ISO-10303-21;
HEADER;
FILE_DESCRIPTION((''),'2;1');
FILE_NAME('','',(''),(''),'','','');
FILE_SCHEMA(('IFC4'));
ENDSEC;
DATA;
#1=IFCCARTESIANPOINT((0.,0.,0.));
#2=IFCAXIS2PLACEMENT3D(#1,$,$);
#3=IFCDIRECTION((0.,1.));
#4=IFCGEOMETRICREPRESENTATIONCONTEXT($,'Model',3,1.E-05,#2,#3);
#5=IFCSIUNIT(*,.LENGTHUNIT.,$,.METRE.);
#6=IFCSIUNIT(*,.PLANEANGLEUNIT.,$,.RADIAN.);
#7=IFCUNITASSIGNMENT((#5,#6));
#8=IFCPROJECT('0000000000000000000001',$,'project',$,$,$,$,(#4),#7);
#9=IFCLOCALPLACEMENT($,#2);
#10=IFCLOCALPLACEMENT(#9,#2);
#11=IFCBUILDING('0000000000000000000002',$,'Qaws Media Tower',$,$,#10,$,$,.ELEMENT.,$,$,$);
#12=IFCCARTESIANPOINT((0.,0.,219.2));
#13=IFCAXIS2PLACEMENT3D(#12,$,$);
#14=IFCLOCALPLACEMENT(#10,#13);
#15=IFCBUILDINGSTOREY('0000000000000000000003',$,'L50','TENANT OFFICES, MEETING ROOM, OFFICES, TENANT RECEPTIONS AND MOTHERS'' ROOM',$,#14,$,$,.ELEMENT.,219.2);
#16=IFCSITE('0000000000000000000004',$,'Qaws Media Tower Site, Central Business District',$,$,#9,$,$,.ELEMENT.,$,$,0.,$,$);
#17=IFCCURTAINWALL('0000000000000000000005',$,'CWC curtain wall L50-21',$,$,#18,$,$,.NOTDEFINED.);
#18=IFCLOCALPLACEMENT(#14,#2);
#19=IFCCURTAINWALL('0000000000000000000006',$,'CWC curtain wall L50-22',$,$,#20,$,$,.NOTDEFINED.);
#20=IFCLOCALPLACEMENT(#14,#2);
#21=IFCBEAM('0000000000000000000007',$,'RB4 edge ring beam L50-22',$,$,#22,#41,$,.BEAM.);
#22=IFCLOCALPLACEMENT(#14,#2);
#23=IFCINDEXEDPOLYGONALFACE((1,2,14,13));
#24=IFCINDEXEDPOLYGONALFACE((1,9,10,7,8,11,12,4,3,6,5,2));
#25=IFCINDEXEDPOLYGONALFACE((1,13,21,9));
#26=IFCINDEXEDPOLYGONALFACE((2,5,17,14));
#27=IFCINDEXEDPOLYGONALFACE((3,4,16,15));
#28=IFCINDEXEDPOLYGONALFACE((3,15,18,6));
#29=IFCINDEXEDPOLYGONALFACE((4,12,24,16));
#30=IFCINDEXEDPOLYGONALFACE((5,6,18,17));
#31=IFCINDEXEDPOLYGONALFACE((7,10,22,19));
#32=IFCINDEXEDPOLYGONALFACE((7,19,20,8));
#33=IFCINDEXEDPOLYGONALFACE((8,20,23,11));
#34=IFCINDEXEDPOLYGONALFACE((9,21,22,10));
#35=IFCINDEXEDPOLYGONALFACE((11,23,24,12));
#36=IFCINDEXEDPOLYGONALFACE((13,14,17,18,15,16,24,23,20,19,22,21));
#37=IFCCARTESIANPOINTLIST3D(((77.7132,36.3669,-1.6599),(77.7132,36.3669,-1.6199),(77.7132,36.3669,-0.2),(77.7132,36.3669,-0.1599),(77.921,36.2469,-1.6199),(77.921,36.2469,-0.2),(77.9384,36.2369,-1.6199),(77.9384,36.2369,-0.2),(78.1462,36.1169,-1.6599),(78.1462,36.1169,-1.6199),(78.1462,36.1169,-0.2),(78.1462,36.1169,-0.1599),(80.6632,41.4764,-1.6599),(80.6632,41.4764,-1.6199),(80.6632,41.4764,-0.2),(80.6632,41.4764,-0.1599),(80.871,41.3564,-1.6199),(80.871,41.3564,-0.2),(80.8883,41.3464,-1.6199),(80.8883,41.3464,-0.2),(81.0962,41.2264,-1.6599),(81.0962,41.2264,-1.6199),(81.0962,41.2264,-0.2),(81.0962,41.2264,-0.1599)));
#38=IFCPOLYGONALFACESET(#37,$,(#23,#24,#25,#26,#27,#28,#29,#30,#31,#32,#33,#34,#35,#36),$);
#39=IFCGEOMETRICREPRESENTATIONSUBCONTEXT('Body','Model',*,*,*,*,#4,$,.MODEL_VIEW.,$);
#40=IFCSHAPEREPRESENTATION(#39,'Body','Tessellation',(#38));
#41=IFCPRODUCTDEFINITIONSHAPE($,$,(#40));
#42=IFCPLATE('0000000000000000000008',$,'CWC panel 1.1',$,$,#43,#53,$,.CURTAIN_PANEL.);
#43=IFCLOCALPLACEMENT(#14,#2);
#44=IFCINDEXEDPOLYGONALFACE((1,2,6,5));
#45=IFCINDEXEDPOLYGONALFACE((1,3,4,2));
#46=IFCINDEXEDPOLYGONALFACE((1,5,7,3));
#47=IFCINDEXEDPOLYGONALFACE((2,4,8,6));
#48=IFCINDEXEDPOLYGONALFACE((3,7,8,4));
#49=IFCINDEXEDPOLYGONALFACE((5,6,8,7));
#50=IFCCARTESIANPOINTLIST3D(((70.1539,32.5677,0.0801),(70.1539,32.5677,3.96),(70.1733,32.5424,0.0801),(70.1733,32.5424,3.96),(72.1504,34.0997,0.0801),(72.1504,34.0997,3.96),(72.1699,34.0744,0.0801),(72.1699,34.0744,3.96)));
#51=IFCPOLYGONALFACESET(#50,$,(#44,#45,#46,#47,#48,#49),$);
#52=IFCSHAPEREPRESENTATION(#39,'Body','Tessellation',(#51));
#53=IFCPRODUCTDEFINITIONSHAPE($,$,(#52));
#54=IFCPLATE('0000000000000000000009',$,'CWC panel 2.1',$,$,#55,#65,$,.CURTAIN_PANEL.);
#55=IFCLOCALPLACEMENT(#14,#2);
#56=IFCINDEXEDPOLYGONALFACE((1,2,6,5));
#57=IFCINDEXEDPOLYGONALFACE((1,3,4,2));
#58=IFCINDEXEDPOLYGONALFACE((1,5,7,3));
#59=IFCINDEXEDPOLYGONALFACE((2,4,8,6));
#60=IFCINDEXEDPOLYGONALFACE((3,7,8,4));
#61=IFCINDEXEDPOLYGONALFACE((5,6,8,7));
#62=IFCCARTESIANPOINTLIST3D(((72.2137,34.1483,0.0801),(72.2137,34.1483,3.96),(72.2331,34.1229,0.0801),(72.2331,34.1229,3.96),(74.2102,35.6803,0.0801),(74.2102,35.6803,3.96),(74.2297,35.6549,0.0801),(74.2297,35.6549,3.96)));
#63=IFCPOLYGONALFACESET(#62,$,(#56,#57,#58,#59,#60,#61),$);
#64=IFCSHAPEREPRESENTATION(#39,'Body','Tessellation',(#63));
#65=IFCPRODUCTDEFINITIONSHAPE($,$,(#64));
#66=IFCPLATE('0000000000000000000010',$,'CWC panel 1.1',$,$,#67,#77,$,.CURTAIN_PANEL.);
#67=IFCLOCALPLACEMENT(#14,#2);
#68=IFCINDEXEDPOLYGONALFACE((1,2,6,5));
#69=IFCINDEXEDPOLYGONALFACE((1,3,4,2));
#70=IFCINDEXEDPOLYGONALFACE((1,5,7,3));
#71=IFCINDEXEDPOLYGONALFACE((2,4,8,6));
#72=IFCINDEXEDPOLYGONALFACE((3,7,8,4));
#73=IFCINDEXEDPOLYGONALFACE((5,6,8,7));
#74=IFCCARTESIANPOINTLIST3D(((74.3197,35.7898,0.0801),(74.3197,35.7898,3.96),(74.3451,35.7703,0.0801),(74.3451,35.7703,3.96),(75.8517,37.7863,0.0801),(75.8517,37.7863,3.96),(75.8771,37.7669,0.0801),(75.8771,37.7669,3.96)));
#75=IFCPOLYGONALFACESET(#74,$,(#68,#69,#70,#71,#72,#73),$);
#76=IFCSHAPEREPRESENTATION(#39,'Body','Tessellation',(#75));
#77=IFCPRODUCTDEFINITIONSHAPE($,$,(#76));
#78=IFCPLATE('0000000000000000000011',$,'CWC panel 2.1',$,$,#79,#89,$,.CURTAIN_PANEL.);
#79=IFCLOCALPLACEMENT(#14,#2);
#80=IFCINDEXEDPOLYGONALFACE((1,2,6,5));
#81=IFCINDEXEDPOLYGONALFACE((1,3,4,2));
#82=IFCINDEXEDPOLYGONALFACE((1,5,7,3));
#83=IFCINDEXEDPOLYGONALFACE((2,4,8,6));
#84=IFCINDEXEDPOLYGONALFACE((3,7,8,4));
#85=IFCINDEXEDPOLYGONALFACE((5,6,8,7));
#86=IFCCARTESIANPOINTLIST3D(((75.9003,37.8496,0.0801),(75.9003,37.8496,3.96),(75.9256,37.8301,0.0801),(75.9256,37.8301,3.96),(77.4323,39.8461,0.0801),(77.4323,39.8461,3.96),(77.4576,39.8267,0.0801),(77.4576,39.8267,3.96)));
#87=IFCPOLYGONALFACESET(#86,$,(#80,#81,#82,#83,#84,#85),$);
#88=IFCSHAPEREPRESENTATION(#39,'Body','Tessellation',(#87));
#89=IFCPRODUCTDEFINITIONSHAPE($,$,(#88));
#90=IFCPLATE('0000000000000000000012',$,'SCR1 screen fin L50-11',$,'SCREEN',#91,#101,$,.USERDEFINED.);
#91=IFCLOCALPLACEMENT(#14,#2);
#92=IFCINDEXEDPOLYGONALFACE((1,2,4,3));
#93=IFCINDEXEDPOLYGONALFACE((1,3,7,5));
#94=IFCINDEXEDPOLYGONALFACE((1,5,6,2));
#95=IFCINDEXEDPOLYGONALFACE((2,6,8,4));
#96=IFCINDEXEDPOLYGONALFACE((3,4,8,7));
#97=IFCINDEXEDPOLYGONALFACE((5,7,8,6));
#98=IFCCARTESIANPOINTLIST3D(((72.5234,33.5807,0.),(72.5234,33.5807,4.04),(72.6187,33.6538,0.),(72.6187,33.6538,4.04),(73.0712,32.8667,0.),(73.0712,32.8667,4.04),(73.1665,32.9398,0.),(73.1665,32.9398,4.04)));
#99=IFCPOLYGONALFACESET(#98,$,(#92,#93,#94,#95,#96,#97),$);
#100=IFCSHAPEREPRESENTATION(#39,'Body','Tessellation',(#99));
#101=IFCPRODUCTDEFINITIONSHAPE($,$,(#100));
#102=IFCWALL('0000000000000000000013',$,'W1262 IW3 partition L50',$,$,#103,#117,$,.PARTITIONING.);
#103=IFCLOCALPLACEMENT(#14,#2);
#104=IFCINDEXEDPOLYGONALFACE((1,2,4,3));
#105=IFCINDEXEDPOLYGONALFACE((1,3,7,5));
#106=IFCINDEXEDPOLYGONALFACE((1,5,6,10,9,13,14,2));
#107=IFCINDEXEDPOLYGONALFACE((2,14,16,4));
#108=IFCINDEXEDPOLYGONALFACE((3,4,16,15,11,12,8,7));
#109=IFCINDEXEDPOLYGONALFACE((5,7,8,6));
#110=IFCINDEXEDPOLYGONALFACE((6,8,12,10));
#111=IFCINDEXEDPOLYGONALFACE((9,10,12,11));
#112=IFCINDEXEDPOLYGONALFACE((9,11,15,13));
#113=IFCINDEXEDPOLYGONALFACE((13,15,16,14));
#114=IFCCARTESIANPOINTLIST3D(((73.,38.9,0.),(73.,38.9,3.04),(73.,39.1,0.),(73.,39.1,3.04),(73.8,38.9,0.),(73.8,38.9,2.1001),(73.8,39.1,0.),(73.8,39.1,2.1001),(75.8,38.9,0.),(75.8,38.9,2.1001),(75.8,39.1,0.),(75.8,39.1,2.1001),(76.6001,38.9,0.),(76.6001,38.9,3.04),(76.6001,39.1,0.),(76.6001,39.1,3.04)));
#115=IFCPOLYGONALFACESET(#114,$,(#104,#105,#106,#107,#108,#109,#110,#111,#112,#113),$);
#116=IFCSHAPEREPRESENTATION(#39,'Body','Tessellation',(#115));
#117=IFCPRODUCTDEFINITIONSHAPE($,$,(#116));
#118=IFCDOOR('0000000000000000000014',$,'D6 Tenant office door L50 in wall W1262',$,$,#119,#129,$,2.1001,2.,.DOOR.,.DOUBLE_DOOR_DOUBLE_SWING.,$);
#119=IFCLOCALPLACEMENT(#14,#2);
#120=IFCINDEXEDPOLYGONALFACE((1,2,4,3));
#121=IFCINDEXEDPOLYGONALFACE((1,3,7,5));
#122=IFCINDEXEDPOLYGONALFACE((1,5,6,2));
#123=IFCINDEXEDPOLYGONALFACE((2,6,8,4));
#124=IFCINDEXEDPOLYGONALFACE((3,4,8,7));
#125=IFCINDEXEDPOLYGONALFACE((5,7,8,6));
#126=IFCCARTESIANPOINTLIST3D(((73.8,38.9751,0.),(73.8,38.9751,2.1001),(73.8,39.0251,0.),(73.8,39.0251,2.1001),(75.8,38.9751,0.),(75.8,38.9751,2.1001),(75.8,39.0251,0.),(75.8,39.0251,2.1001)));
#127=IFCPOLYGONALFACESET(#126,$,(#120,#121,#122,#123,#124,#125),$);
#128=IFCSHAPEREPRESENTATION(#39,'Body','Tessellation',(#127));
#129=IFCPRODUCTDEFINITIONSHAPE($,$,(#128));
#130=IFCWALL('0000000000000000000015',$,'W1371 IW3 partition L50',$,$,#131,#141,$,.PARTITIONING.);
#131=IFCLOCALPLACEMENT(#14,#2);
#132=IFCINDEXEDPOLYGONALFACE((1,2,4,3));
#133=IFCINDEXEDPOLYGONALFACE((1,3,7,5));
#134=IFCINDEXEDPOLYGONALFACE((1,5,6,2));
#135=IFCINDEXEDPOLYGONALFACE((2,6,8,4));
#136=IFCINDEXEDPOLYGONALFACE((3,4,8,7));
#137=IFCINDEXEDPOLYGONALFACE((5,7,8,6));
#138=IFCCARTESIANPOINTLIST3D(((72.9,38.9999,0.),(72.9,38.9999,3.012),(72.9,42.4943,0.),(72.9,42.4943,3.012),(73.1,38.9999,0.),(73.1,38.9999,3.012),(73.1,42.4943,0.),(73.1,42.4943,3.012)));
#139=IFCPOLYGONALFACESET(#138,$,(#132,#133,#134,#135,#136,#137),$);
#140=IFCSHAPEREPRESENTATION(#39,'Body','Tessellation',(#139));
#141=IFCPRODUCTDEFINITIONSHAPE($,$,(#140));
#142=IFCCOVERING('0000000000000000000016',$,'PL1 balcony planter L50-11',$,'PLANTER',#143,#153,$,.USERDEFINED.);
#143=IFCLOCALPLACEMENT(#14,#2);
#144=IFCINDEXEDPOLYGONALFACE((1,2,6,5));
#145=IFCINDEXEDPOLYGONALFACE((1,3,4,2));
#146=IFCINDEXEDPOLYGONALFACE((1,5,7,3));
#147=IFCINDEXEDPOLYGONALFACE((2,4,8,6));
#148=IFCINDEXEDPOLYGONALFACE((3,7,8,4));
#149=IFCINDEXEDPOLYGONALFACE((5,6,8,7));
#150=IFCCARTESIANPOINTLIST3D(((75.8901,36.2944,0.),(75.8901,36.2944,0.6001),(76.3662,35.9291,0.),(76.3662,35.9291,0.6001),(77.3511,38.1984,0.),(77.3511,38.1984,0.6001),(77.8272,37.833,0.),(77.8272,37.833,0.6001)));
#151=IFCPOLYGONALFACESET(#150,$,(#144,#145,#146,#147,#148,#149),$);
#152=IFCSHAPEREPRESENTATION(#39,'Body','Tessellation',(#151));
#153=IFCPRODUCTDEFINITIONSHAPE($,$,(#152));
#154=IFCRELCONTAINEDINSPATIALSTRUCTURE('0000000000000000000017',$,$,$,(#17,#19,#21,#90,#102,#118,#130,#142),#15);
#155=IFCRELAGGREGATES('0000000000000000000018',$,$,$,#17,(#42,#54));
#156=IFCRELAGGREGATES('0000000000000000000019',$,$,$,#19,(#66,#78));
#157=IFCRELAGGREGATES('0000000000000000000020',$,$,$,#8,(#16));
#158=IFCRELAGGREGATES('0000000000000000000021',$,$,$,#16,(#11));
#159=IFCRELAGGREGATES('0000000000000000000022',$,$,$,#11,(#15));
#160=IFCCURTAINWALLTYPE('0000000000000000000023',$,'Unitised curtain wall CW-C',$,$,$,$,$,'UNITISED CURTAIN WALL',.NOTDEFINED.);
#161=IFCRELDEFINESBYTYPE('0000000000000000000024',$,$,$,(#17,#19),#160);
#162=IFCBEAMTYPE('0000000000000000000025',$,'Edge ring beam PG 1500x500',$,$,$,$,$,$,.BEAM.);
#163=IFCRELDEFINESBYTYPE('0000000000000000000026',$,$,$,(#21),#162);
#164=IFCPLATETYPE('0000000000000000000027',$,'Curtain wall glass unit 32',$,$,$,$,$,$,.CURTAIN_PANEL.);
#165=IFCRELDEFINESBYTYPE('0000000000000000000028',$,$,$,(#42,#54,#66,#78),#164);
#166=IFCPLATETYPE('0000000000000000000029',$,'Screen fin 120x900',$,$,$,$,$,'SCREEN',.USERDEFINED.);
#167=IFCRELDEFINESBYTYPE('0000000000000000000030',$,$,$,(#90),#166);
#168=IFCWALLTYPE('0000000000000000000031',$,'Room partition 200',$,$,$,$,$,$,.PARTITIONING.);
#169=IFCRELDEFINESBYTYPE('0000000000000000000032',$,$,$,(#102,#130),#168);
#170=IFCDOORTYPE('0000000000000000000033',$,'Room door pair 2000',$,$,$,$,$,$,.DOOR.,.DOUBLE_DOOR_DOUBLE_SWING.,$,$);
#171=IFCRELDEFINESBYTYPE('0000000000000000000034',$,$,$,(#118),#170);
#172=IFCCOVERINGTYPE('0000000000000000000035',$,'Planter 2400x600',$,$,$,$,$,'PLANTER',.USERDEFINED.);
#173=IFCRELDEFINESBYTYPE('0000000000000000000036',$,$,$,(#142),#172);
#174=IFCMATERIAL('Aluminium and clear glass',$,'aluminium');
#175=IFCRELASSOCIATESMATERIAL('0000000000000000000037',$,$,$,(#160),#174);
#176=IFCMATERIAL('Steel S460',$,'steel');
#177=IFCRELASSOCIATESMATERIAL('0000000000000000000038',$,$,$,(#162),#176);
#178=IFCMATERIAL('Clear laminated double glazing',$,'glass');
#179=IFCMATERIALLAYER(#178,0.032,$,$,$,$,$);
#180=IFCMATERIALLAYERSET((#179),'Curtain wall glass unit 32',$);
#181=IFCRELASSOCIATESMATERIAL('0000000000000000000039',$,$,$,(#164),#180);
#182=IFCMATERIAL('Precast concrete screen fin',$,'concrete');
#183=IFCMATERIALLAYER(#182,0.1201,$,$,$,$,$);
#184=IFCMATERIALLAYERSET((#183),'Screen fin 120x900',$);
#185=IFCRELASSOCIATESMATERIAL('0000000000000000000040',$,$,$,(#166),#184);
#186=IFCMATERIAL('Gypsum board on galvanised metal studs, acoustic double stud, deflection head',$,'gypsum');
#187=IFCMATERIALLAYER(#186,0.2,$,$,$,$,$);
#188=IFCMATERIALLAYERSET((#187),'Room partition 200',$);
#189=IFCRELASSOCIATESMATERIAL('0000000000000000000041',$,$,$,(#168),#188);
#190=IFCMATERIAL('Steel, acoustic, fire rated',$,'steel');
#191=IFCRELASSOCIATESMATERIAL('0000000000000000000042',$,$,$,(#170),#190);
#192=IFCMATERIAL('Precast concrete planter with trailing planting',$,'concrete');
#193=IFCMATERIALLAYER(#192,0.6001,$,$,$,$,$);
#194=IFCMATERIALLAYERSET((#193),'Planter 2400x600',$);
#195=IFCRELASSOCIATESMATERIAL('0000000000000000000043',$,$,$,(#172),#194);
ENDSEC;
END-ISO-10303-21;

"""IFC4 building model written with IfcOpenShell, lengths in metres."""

from ifc_helpers import new_model, si_unit, direction, frame, frame_2d, origin, origin_2d, place, context, subcontext, project, spatial, rectangle, i_section, extrude, material, layer, layer_set, material_profile, profile_set, type_object, element, fill, aggregate, save


model = new_model("IFC4")

# Units and contexts
model_context = context("Model", 3, precision=1e-05, world=origin(), true_north=direction((0.0, 1.0)))
body_context = subcontext(model_context, "Body", "Model", "MODEL_VIEW")
ifc_project = project(units=[si_unit("LENGTHUNIT", "METRE"), si_unit("PLANEANGLEUNIT", "RADIAN")], contexts=[model_context])

# Site, building, storey
site_placement = place(None, origin())
site = spatial("IfcSite", under=ifc_project, at=site_placement, Name="Qaws Media Tower Site, Central Business District", CompositionType="ELEMENT", RefElevation=0.0)
building_placement = place(site_placement, origin())
building = spatial("IfcBuilding", under=site, at=building_placement, Name="Qaws Media Tower", CompositionType="ELEMENT")
storey_placement = place(building_placement, frame((0.0, 0.0, 219.2)))
storey = spatial("IfcBuildingStorey", under=building, at=storey_placement, Name="L50", Description="TENANT OFFICES, MEETING ROOM, OFFICES, TENANT RECEPTIONS AND MOTHERS' ROOM", CompositionType="ELEMENT", Elevation=219.2)

# Curtain walls
ifc_material_1 = material(Name="Aluminium and clear glass", Category="aluminium")
curtain_wall_type = type_object("IfcCurtainWallType", Name="Unitised curtain wall CW-C", ElementType="UNITISED CURTAIN WALL", PredefinedType="NOTDEFINED", material=ifc_material_1)
curtain_wall_1_placement = place(storey_placement, origin())
curtain_wall_1 = element("IfcCurtainWall", 1, at=curtain_wall_1_placement, inside=storey, type_object=curtain_wall_type, Name="CWC curtain wall L50-21", PredefinedType="NOTDEFINED")
curtain_wall_2_placement = place(storey_placement, origin())
curtain_wall_2 = element("IfcCurtainWall", 2, at=curtain_wall_2_placement, inside=storey, type_object=curtain_wall_type, Name="CWC curtain wall L50-22", PredefinedType="NOTDEFINED")

# Beam
ifc_material_2 = material(Name="Steel S460", Category="steel")
ifc_material_profile_1 = material_profile(ifc_material_2, i_section(OverallWidth=0.5, OverallDepth=1.5, WebThickness=0.02, FlangeThickness=0.04, at=origin_2d()), Name="PG 1500x500")
ifc_profile_set_1 = profile_set([ifc_material_profile_1], Name="Steel S460")
beam_type = type_object("IfcBeamType", Name="Edge ring beam PG 1500x500", PredefinedType="BEAM", material=ifc_profile_set_1)
beam_1_placement = place(storey_placement, frame((77.9297, 36.2419, -0.9099), z_axis=(0.500007, 0.866022, 0.0), x_axis=(-0.866022, 0.500007, 0.0)))
element("IfcBeam", 3, at=beam_1_placement, inside=storey, type_object=beam_type, Name="RB4 edge ring beam L50-22", PredefinedType="BEAM", context=body_context, shape_type="SweptSolid", body=[
    extrude(i_section(OverallWidth=0.5, OverallDepth=1.5, WebThickness=0.02, FlangeThickness=0.04, at=origin_2d()), origin(), (0.0, 0.0, 1.0), 5.8999),
])

# Plates
ifc_material_3 = material(Name="Clear laminated double glazing", Category="glass")
ifc_layer_1 = layer(ifc_material_3, 0.032)
ifc_layer_set_1 = layer_set([ifc_layer_1], Name="Curtain wall glass unit 32")
plate_type_1 = type_object("IfcPlateType", Name="Curtain wall glass unit 32", PredefinedType="CURTAIN_PANEL", material=ifc_layer_set_1)
plate_1_placement = place(storey_placement, frame((71.1619, 33.321, 0.0801), z_axis=(0.0, 0.0, 1.0), x_axis=(0.793353, 0.608761, 0.0)))
plate_1 = element("IfcPlate", 4, at=plate_1_placement, type_object=plate_type_1, Name="CWC panel 1.1", PredefinedType="CURTAIN_PANEL", context=body_context, shape_type="SweptSolid", body=[
    extrude(rectangle(XDim=2.5166, YDim=0.032, at=origin_2d()), origin(), (0.0, 0.0, 1.0), 3.8799),
])
plate_2_placement = place(storey_placement, frame((73.2217, 34.9016, 0.0801), z_axis=(0.0, 0.0, 1.0), x_axis=(0.793353, 0.608761, 0.0)))
plate_2 = element("IfcPlate", 5, at=plate_2_placement, type_object=plate_type_1, Name="CWC panel 2.1", PredefinedType="CURTAIN_PANEL", context=body_context, shape_type="SweptSolid", body=[
    extrude(rectangle(XDim=2.5166, YDim=0.032, at=origin_2d()), origin(), (0.0, 0.0, 1.0), 3.8799),
])
aggregate(curtain_wall_1, [plate_1, plate_2])
plate_3_placement = place(storey_placement, frame((75.0984, 36.7783, 0.0801), z_axis=(0.0, 0.0, 1.0), x_axis=(0.608761, 0.793353, 0.0)))
plate_3 = element("IfcPlate", 6, at=plate_3_placement, type_object=plate_type_1, Name="CWC panel 1.1", PredefinedType="CURTAIN_PANEL", context=body_context, shape_type="SweptSolid", body=[
    extrude(rectangle(XDim=2.5166, YDim=0.032, at=origin_2d()), origin(), (0.0, 0.0, 1.0), 3.8799),
])
plate_4_placement = place(storey_placement, frame((76.679, 38.8381, 0.0801), z_axis=(0.0, 0.0, 1.0), x_axis=(0.608761, 0.793353, 0.0)))
plate_4 = element("IfcPlate", 7, at=plate_4_placement, type_object=plate_type_1, Name="CWC panel 2.1", PredefinedType="CURTAIN_PANEL", context=body_context, shape_type="SweptSolid", body=[
    extrude(rectangle(XDim=2.5166, YDim=0.032, at=origin_2d()), origin(), (0.0, 0.0, 1.0), 3.8799),
])
aggregate(curtain_wall_2, [plate_3, plate_4])
ifc_material_4 = material(Name="Precast concrete screen fin", Category="concrete")
ifc_layer_2 = layer(ifc_material_4, 0.1201)
ifc_layer_set_2 = layer_set([ifc_layer_2], Name="Screen fin 120x900")
plate_type_2 = type_object("IfcPlateType", Name="Screen fin 120x900", ElementType="SCREEN", PredefinedType="USERDEFINED", material=ifc_layer_set_2)
plate_5_placement = place(storey_placement, frame((72.845, 33.2603, 0.0), z_axis=(0.0, 0.0, 1.0), x_axis=(0.608761, -0.793353, 0.0)))
element("IfcPlate", 8, at=plate_5_placement, inside=storey, type_object=plate_type_2, Name="SCR1 screen fin L50-11", ObjectType="SCREEN", PredefinedType="USERDEFINED", context=body_context, shape_type="SweptSolid", body=[
    extrude(rectangle(XDim=0.8999, YDim=0.1201, at=origin_2d()), origin(), (0.0, 0.0, 1.0), 4.04),
])

# Wall, opening, door
ifc_material_5 = material(Name="Gypsum board on galvanised metal studs, acoustic double stud, deflection head", Category="gypsum")
ifc_layer_3 = layer(ifc_material_5, 0.2)
ifc_layer_set_3 = layer_set([ifc_layer_3], Name="Room partition 200")
wall_type = type_object("IfcWallType", Name="Room partition 200", PredefinedType="PARTITIONING", material=ifc_layer_set_3)
wall_1_placement = place(storey_placement, frame((76.6001, 39.0, 0.0), z_axis=(0.0, 0.0, 1.0), x_axis=(-1.0, 0.0, 0.0)))
wall_1 = element("IfcWall", 9, at=wall_1_placement, inside=storey, type_object=wall_type, Name="W1262 IW3 partition L50", PredefinedType="PARTITIONING", context=body_context, shape_type="SweptSolid", body=[
    extrude(rectangle(XDim=3.6001, YDim=0.2, at=frame_2d((1.8, 0.0))), origin(), (0.0, 0.0, 1.0), 3.04),
])
opening_placement = place(wall_1_placement, frame((0.8, 0.0, 0.0)))
opening = element("IfcOpeningElement", 10, at=opening_placement, cuts=wall_1, PredefinedType="OPENING", context=body_context, shape_type="SweptSolid", body=[
    extrude(rectangle(XDim=2.0, YDim=2.1001, at=frame_2d((1.0, 1.05))), frame((0.0, 0.1099, 0.0), z_axis=(0.0, -1.0, 0.0), x_axis=(1.0, 0.0, 0.0)), (0.0, 0.0, 1.0), 0.22),
])
ifc_material_6 = material(Name="Steel, acoustic, fire rated", Category="steel")
door_type = type_object("IfcDoorType", Name="Room door pair 2000", OperationType="DOUBLE_DOOR_DOUBLE_SWING", PredefinedType="DOOR", material=ifc_material_6)
door_placement = place(opening_placement, origin())
door = element("IfcDoor", 11, at=door_placement, inside=storey, type_object=door_type, Name="D6 Tenant office door L50 in wall W1262", OperationType="DOUBLE_DOOR_DOUBLE_SWING", OverallHeight=2.1001, OverallWidth=2.0, PredefinedType="DOOR", context=body_context, shape_type="SweptSolid", body=[
    extrude(rectangle(XDim=2.0, YDim=2.1001, at=frame_2d((1.0, 1.05))), frame((0.0, 0.0249, 0.0), z_axis=(0.0, -1.0, 0.0), x_axis=(1.0, 0.0, 0.0)), (0.0, 0.0, 1.0), 0.05),
])
fill(opening, door)

# Wall
wall_2_placement = place(storey_placement, frame((73.0, 39.0, 0.0), z_axis=(0.0, 0.0, 1.0), x_axis=(0.0, 1.0, 0.0)))
element("IfcWall", 12, at=wall_2_placement, inside=storey, type_object=wall_type, Name="W1371 IW3 partition L50", PredefinedType="PARTITIONING", context=body_context, shape_type="SweptSolid", body=[
    extrude(rectangle(XDim=3.4944, YDim=0.2, at=frame_2d((1.7471, 0.0))), origin(), (0.0, 0.0, 1.0), 3.012),
])

# Covering
ifc_material_7 = material(Name="Precast concrete planter with trailing planting", Category="concrete")
ifc_layer_4 = layer(ifc_material_7, 0.6001)
ifc_layer_set_4 = layer_set([ifc_layer_4], Name="Planter 2400x600")
covering_type = type_object("IfcCoveringType", Name="Planter 2400x600", ElementType="PLANTER", PredefinedType="USERDEFINED", material=ifc_layer_set_4)
covering_placement = place(storey_placement, frame((76.8586, 37.0637, 0.0), z_axis=(0.0, 0.0, 1.0), x_axis=(0.608761, 0.793353, 0.0)))
element("IfcCovering", 13, at=covering_placement, inside=storey, type_object=covering_type, Name="PL1 balcony planter L50-11", ObjectType="PLANTER", PredefinedType="USERDEFINED", context=body_context, shape_type="SweptSolid", body=[
    extrude(rectangle(XDim=2.3999, YDim=0.6001, at=origin_2d()), origin(), (0.0, 0.0, 1.0), 0.6001),
])

save(model, "model.ifc")
